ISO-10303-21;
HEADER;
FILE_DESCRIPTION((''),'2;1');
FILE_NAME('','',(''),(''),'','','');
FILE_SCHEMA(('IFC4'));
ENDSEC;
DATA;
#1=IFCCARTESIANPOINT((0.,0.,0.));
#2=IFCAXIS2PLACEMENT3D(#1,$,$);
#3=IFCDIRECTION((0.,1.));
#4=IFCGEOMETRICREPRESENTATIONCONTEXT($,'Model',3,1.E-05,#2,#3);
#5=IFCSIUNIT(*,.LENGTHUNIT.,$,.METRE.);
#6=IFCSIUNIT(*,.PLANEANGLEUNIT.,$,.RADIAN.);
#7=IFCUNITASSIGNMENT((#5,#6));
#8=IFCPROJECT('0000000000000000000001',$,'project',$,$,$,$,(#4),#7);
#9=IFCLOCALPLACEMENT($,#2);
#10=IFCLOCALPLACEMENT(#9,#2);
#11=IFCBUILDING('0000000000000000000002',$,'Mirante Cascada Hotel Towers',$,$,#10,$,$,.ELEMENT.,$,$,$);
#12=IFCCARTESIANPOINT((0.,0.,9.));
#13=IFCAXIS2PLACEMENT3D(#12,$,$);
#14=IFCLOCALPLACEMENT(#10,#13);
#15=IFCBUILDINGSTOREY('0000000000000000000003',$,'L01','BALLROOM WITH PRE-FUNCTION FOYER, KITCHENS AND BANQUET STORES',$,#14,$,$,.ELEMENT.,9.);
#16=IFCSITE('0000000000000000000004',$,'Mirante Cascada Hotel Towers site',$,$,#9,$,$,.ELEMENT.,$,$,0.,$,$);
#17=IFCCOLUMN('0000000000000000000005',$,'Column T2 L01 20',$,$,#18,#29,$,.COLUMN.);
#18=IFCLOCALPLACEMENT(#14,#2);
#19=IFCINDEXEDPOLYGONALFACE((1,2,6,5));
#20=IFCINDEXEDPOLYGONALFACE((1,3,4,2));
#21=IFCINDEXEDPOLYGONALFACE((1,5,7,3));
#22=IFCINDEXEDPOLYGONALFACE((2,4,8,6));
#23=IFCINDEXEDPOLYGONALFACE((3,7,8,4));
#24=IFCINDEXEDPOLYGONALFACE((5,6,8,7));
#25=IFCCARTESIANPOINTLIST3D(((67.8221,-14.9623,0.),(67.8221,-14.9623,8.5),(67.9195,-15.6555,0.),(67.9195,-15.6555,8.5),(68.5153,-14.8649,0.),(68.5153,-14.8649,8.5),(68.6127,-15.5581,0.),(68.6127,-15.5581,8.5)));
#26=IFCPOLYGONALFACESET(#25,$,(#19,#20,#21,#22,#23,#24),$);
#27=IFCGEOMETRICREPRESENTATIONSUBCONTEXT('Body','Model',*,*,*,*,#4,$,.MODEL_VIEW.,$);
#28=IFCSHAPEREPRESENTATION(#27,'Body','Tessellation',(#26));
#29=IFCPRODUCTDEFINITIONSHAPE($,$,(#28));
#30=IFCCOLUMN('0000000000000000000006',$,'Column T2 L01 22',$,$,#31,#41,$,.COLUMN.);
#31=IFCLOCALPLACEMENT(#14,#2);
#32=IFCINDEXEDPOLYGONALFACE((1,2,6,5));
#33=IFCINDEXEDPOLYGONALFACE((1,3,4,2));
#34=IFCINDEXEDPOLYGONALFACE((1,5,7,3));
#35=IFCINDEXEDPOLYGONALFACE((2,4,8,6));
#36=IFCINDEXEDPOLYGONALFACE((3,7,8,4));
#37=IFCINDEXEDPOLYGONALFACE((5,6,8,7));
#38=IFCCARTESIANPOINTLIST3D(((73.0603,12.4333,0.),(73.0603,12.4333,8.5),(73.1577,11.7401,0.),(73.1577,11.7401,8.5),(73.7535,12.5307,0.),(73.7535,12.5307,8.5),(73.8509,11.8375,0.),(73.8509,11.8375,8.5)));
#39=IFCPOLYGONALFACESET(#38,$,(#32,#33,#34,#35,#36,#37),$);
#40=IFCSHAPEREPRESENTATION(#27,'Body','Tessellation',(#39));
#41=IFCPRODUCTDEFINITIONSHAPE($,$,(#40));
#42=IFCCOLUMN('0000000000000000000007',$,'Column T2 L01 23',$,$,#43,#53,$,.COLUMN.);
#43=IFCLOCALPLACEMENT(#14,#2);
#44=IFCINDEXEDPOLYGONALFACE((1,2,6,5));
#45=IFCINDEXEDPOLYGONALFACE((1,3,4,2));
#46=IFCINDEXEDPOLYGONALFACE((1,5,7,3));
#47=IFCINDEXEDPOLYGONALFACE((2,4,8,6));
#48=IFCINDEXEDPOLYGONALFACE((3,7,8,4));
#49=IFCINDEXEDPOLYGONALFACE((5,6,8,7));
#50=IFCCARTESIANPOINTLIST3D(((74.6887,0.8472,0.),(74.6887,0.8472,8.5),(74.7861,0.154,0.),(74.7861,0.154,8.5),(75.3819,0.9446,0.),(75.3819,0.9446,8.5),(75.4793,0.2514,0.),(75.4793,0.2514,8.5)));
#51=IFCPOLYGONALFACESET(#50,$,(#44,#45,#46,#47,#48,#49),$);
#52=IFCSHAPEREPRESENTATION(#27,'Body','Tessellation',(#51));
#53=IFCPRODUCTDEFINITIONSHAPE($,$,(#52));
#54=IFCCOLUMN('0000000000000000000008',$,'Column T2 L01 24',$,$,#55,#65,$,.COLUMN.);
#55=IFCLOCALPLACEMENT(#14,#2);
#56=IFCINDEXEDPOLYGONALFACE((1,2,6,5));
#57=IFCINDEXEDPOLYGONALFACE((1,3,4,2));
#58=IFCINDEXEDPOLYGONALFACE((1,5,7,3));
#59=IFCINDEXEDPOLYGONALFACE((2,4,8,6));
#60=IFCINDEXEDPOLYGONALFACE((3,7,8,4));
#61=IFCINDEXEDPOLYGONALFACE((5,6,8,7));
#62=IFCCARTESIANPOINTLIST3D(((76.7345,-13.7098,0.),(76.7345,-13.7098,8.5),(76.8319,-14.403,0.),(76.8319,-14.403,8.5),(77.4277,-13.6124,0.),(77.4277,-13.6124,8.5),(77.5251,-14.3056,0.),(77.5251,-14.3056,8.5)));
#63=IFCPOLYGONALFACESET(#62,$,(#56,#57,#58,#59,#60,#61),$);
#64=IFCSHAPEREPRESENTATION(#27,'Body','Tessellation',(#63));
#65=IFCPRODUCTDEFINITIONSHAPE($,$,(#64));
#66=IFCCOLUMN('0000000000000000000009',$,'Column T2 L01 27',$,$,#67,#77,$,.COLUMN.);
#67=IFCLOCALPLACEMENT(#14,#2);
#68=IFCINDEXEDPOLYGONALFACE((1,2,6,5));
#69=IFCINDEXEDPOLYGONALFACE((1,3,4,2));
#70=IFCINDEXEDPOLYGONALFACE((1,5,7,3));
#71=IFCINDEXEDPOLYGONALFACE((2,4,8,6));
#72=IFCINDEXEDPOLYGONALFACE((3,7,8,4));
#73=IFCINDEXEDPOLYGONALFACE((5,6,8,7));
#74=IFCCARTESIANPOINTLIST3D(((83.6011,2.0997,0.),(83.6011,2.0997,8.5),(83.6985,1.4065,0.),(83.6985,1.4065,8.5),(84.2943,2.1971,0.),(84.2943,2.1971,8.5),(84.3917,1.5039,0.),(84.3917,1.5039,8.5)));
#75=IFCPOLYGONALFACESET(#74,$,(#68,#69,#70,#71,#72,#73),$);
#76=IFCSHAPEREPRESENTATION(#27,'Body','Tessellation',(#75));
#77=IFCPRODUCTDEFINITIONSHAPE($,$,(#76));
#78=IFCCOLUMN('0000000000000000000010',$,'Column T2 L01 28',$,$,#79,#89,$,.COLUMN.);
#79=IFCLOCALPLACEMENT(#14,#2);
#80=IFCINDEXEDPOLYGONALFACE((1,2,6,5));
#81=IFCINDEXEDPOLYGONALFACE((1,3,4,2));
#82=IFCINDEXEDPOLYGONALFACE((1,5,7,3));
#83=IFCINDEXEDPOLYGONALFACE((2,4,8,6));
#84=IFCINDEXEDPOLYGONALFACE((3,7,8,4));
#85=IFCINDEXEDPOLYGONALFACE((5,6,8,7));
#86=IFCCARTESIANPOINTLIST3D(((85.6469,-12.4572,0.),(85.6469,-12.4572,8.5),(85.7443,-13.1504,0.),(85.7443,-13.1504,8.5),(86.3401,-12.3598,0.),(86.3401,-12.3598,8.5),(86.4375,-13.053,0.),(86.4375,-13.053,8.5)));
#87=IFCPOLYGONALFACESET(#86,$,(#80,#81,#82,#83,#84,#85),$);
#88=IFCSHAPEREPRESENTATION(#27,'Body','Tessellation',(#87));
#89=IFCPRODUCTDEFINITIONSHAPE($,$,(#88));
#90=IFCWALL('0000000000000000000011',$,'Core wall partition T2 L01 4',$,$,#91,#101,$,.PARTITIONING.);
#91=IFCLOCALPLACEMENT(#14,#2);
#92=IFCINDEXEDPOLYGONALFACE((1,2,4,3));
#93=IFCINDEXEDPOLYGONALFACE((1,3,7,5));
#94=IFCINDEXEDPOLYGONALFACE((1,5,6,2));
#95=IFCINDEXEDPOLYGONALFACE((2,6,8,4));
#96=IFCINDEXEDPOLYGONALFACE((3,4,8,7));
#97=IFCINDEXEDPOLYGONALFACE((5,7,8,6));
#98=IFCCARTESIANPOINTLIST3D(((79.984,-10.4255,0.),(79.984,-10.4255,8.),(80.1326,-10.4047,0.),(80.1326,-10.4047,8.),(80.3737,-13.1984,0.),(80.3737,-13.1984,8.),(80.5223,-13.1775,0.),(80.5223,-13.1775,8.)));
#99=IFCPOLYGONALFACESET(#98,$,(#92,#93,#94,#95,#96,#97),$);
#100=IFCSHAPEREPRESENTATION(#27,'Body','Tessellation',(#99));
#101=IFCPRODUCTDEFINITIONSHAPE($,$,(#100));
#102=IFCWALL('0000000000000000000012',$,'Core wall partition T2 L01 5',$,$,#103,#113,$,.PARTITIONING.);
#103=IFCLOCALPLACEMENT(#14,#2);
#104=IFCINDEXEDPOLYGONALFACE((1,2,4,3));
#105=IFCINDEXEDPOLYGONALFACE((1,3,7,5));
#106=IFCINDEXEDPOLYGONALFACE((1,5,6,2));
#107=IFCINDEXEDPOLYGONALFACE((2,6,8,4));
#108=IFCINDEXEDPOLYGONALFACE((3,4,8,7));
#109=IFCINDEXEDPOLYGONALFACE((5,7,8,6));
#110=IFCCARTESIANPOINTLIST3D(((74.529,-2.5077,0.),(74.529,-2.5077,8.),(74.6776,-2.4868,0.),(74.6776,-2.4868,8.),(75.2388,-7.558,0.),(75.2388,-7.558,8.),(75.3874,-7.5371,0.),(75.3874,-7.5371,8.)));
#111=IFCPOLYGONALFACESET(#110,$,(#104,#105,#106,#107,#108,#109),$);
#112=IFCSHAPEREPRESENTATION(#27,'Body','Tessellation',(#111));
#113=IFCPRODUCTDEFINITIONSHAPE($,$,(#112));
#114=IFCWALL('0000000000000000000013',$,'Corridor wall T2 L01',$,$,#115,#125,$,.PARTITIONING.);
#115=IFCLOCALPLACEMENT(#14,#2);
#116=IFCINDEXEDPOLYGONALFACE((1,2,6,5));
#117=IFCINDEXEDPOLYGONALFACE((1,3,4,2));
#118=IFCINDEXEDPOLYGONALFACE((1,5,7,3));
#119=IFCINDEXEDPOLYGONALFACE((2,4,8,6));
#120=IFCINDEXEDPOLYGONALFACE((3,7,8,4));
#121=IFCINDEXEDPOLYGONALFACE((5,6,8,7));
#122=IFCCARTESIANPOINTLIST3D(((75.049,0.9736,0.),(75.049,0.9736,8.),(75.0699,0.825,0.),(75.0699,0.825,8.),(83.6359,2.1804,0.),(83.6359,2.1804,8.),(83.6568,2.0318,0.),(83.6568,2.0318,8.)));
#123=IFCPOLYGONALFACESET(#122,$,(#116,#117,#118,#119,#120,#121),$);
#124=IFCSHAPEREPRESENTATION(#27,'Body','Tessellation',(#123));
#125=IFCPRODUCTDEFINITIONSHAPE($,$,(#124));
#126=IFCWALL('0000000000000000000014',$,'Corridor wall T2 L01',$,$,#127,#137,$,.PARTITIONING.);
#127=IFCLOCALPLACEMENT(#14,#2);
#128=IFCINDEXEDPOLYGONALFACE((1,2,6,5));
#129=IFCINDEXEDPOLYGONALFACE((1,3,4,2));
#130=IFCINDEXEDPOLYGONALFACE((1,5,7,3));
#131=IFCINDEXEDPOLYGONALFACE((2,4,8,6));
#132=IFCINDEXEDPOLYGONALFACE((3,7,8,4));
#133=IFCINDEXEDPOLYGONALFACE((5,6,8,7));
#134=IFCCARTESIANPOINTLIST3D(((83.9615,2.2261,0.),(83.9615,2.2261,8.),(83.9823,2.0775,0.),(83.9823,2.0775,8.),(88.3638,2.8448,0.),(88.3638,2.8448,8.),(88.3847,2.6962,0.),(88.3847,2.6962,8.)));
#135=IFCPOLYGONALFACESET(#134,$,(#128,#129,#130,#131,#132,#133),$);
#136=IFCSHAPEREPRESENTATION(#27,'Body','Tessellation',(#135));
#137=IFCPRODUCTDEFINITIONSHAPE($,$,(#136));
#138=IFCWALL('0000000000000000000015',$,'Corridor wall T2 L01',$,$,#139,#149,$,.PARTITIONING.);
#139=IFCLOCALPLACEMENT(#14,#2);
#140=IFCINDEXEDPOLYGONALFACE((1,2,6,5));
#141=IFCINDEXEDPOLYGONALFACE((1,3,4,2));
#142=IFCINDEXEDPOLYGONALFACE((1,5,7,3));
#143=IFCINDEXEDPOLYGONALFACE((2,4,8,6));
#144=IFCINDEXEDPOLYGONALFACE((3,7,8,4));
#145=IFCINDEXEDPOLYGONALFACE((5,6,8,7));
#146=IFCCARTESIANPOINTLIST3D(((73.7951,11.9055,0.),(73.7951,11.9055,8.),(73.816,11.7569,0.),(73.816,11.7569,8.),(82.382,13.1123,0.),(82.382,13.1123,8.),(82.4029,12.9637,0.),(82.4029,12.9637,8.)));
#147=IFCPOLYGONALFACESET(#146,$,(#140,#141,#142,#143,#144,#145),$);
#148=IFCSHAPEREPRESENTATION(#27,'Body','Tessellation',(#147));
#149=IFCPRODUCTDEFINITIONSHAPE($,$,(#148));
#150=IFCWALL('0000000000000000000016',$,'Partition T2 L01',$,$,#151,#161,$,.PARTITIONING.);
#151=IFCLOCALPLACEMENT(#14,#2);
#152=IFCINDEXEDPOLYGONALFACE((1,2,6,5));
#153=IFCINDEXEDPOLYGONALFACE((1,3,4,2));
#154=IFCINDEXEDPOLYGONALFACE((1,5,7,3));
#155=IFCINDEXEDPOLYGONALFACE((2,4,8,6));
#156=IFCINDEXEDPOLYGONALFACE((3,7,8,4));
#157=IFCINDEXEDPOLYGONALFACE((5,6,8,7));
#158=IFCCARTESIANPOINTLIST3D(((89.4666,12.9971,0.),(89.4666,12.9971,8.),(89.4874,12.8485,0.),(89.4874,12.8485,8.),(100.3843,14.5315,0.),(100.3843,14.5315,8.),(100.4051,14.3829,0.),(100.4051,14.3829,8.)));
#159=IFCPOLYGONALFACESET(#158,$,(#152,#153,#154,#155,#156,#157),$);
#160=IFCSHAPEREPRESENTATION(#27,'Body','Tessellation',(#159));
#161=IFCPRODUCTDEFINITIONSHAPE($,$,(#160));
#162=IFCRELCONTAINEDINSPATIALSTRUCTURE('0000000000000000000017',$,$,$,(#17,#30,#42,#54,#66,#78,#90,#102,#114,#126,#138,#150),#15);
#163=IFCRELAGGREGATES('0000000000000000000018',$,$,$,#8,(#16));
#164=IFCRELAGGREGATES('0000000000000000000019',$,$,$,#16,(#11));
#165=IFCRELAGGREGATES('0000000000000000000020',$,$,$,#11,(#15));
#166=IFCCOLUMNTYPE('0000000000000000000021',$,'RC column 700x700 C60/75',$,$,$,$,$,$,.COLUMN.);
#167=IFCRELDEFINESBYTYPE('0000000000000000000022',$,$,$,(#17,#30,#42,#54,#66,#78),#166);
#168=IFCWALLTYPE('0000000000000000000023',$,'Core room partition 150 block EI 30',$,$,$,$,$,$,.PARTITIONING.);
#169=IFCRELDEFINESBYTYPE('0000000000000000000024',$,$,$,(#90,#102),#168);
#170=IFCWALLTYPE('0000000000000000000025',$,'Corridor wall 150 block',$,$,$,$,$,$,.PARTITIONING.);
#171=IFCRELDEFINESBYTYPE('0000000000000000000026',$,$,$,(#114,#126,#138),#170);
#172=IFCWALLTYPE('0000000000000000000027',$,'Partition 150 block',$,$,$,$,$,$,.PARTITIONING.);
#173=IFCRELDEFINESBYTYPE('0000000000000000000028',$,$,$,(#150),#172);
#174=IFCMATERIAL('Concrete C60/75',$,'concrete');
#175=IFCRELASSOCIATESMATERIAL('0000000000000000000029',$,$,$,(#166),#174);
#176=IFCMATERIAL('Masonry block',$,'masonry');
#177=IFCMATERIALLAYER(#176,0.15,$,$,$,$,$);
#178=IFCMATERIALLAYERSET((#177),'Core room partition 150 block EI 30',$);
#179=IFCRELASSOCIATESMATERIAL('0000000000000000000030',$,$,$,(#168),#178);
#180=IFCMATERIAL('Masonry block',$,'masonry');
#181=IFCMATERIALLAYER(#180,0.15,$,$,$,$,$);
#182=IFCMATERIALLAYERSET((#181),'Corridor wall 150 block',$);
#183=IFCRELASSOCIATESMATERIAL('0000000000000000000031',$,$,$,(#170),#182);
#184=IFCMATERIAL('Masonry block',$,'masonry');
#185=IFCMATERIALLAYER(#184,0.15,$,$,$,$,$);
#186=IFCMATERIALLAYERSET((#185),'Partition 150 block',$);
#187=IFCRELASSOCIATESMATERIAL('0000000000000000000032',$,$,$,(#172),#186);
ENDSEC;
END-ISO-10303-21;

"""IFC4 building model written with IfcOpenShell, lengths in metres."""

from ifc_helpers import new_model, si_unit, direction, frame, frame_2d, origin, origin_2d, place, context, subcontext, project, spatial, rectangle, extrude, material, layer, layer_set, material_profile, profile_set, type_object, element, save


model = new_model("IFC4")

# Units and contexts
model_context = context("Model", 3, precision=1e-05, world=origin(), true_north=direction((0.0, 1.0)))
body_context = subcontext(model_context, "Body", "Model", "MODEL_VIEW")
ifc_project = project(units=[si_unit("LENGTHUNIT", "METRE"), si_unit("PLANEANGLEUNIT", "RADIAN")], contexts=[model_context])

# Site, building, storey
site_placement = place(None, origin())
site = spatial("IfcSite", under=ifc_project, at=site_placement, Name="Mirante Cascada Hotel Towers site", CompositionType="ELEMENT", RefElevation=0.0)
building_placement = place(site_placement, origin())
building = spatial("IfcBuilding", under=site, at=building_placement, Name="Mirante Cascada Hotel Towers", CompositionType="ELEMENT")
storey_placement = place(building_placement, frame((0.0, 0.0, 9.0)))
storey = spatial("IfcBuildingStorey", under=building, at=storey_placement, Name="L01", Description="BALLROOM WITH PRE-FUNCTION FOYER, KITCHENS AND BANQUET STORES", CompositionType="ELEMENT", Elevation=9.0)

# Columns
ifc_material_1 = material(Name="Concrete C60/75", Category="concrete")
ifc_material_profile = material_profile(ifc_material_1, rectangle(XDim=0.7, YDim=0.7, at=origin_2d()), Name="RC column 700x700 C60/75")
ifc_profile_set = profile_set([ifc_material_profile], Name="Concrete C60/75")
column_type = type_object("IfcColumnType", Name="RC column 700x700 C60/75", PredefinedType="COLUMN", material=ifc_profile_set)
for number, where, z_axis, x_axis, name in (
    (1, (68.2174, -15.2602, 0.0), (0.0, 0.0, 1.0), (0.990268, 0.139173, 0.0), "Column T2 L01 20"),
    (2, (73.4556, 12.1354, 0.0), (0.0, 0.0, 1.0), (0.990268, 0.139173, 0.0), "Column T2 L01 22"),
    (3, (75.084, 0.5493, 0.0), (0.0, 0.0, 1.0), (0.990268, 0.139173, 0.0), "Column T2 L01 23"),
    (4, (77.1298, -14.0077, 0.0), (0.0, 0.0, 1.0), (0.990268, 0.139173, 0.0), "Column T2 L01 24"),
    (5, (83.9964, 1.8018, 0.0), (0.0, 0.0, 1.0), (0.990268, 0.139173, 0.0), "Column T2 L01 27"),
    (6, (86.0422, -12.7551, 0.0), (0.0, 0.0, 1.0), (0.990268, 0.139173, 0.0), "Column T2 L01 28"),
):
    element("IfcColumn", number, at=place(storey_placement, frame(where, z_axis=z_axis, x_axis=x_axis)), inside=storey, type_object=column_type, Name=name, PredefinedType="COLUMN", context=body_context, shape_type="SweptSolid", body=[
        extrude(rectangle(XDim=0.7, YDim=0.7, at=origin_2d()), origin(), (0.0, 0.0, 1.0), 8.5),
    ])

# Walls
ifc_material_2 = material(Name="Masonry block", Category="masonry")
ifc_layer_1 = layer(ifc_material_2, 0.15)
ifc_layer_set_1 = layer_set([ifc_layer_1], Name="Core room partition 150 block EI 30")
wall_type_1 = type_object("IfcWallType", Name="Core room partition 150 block EI 30", PredefinedType="PARTITIONING", material=ifc_layer_set_1)
wall_1_placement = place(storey_placement, frame((80.448, -13.1879, 0.0), z_axis=(0.0, 0.0, 1.0), x_axis=(-0.139176, 0.990268, 0.0)))
element("IfcWall", 7, at=wall_1_placement, inside=storey, type_object=wall_type_1, Name="Core wall partition T2 L01 4", PredefinedType="PARTITIONING", context=body_context, shape_type="SweptSolid", body=[
    extrude(rectangle(XDim=2.8001, YDim=0.15, at=frame_2d((1.4, 0.0))), origin(), (0.0, 0.0, 1.0), 8.0),
])
wall_2_placement = place(storey_placement, frame((75.3131, -7.5476, 0.0), z_axis=(0.0, 0.0, 1.0), x_axis=(-0.139178, 0.990267, 0.0)))
element("IfcWall", 8, at=wall_2_placement, inside=storey, type_object=wall_type_1, Name="Core wall partition T2 L01 5", PredefinedType="PARTITIONING", context=body_context, shape_type="SweptSolid", body=[
    extrude(rectangle(XDim=5.0999, YDim=0.15, at=frame_2d((2.55, 0.0))), origin(), (0.0, 0.0, 1.0), 8.0),
])
ifc_material_3 = material(Name="Masonry block", Category="masonry")
ifc_layer_2 = layer(ifc_material_3, 0.15)
ifc_layer_set_2 = layer_set([ifc_layer_2], Name="Corridor wall 150 block")
wall_type_2 = type_object("IfcWallType", Name="Corridor wall 150 block", PredefinedType="PARTITIONING", material=ifc_layer_set_2)
wall_3_placement = place(storey_placement, frame((75.0595, 0.8993, 0.0), z_axis=(0.0, 0.0, 1.0), x_axis=(0.990268, 0.139172, 0.0)))
element("IfcWall", 9, at=wall_3_placement, inside=storey, type_object=wall_type_2, Name="Corridor wall T2 L01", PredefinedType="PARTITIONING", context=body_context, shape_type="SweptSolid", body=[
    extrude(rectangle(XDim=8.6713, YDim=0.15, at=frame_2d((4.3356, 0.0))), origin(), (0.0, 0.0, 1.0), 8.0),
])
wall_4_placement = place(storey_placement, frame((83.9719, 2.1518, 0.0), z_axis=(0.0, 0.0, 1.0), x_axis=(0.990268, 0.139173, 0.0)))
element("IfcWall", 10, at=wall_4_placement, inside=storey, type_object=wall_type_2, Name="Corridor wall T2 L01", PredefinedType="PARTITIONING", context=body_context, shape_type="SweptSolid", body=[
    extrude(rectangle(XDim=4.4456, YDim=0.15, at=frame_2d((2.2228, 0.0))), origin(), (0.0, 0.0, 1.0), 8.0),
])
wall_5_placement = place(storey_placement, frame((73.8056, 11.8312, 0.0), z_axis=(0.0, 0.0, 1.0), x_axis=(0.990268, 0.139172, 0.0)))
element("IfcWall", 11, at=wall_5_placement, inside=storey, type_object=wall_type_2, Name="Corridor wall T2 L01", PredefinedType="PARTITIONING", context=body_context, shape_type="SweptSolid", body=[
    extrude(rectangle(XDim=8.6713, YDim=0.15, at=frame_2d((4.3356, 0.0))), origin(), (0.0, 0.0, 1.0), 8.0),
])
ifc_material_4 = material(Name="Masonry block", Category="masonry")
ifc_layer_3 = layer(ifc_material_4, 0.15)
ifc_layer_set_3 = layer_set([ifc_layer_3], Name="Partition 150 block")
wall_type_3 = type_object("IfcWallType", Name="Partition 150 block", PredefinedType="PARTITIONING", material=ifc_layer_set_3)
wall_6_placement = place(storey_placement, frame((89.477, 12.9228, 0.0), z_axis=(0.0, 0.0, 1.0), x_axis=(0.990268, 0.139175, 0.0)))
element("IfcWall", 12, at=wall_6_placement, inside=storey, type_object=wall_type_3, Name="Partition T2 L01", PredefinedType="PARTITIONING", context=body_context, shape_type="SweptSolid", body=[
    extrude(rectangle(XDim=11.025, YDim=0.15, at=frame_2d((5.5125, 0.0))), origin(), (0.0, 0.0, 1.0), 8.0),
])

save(model, "model.ifc")
